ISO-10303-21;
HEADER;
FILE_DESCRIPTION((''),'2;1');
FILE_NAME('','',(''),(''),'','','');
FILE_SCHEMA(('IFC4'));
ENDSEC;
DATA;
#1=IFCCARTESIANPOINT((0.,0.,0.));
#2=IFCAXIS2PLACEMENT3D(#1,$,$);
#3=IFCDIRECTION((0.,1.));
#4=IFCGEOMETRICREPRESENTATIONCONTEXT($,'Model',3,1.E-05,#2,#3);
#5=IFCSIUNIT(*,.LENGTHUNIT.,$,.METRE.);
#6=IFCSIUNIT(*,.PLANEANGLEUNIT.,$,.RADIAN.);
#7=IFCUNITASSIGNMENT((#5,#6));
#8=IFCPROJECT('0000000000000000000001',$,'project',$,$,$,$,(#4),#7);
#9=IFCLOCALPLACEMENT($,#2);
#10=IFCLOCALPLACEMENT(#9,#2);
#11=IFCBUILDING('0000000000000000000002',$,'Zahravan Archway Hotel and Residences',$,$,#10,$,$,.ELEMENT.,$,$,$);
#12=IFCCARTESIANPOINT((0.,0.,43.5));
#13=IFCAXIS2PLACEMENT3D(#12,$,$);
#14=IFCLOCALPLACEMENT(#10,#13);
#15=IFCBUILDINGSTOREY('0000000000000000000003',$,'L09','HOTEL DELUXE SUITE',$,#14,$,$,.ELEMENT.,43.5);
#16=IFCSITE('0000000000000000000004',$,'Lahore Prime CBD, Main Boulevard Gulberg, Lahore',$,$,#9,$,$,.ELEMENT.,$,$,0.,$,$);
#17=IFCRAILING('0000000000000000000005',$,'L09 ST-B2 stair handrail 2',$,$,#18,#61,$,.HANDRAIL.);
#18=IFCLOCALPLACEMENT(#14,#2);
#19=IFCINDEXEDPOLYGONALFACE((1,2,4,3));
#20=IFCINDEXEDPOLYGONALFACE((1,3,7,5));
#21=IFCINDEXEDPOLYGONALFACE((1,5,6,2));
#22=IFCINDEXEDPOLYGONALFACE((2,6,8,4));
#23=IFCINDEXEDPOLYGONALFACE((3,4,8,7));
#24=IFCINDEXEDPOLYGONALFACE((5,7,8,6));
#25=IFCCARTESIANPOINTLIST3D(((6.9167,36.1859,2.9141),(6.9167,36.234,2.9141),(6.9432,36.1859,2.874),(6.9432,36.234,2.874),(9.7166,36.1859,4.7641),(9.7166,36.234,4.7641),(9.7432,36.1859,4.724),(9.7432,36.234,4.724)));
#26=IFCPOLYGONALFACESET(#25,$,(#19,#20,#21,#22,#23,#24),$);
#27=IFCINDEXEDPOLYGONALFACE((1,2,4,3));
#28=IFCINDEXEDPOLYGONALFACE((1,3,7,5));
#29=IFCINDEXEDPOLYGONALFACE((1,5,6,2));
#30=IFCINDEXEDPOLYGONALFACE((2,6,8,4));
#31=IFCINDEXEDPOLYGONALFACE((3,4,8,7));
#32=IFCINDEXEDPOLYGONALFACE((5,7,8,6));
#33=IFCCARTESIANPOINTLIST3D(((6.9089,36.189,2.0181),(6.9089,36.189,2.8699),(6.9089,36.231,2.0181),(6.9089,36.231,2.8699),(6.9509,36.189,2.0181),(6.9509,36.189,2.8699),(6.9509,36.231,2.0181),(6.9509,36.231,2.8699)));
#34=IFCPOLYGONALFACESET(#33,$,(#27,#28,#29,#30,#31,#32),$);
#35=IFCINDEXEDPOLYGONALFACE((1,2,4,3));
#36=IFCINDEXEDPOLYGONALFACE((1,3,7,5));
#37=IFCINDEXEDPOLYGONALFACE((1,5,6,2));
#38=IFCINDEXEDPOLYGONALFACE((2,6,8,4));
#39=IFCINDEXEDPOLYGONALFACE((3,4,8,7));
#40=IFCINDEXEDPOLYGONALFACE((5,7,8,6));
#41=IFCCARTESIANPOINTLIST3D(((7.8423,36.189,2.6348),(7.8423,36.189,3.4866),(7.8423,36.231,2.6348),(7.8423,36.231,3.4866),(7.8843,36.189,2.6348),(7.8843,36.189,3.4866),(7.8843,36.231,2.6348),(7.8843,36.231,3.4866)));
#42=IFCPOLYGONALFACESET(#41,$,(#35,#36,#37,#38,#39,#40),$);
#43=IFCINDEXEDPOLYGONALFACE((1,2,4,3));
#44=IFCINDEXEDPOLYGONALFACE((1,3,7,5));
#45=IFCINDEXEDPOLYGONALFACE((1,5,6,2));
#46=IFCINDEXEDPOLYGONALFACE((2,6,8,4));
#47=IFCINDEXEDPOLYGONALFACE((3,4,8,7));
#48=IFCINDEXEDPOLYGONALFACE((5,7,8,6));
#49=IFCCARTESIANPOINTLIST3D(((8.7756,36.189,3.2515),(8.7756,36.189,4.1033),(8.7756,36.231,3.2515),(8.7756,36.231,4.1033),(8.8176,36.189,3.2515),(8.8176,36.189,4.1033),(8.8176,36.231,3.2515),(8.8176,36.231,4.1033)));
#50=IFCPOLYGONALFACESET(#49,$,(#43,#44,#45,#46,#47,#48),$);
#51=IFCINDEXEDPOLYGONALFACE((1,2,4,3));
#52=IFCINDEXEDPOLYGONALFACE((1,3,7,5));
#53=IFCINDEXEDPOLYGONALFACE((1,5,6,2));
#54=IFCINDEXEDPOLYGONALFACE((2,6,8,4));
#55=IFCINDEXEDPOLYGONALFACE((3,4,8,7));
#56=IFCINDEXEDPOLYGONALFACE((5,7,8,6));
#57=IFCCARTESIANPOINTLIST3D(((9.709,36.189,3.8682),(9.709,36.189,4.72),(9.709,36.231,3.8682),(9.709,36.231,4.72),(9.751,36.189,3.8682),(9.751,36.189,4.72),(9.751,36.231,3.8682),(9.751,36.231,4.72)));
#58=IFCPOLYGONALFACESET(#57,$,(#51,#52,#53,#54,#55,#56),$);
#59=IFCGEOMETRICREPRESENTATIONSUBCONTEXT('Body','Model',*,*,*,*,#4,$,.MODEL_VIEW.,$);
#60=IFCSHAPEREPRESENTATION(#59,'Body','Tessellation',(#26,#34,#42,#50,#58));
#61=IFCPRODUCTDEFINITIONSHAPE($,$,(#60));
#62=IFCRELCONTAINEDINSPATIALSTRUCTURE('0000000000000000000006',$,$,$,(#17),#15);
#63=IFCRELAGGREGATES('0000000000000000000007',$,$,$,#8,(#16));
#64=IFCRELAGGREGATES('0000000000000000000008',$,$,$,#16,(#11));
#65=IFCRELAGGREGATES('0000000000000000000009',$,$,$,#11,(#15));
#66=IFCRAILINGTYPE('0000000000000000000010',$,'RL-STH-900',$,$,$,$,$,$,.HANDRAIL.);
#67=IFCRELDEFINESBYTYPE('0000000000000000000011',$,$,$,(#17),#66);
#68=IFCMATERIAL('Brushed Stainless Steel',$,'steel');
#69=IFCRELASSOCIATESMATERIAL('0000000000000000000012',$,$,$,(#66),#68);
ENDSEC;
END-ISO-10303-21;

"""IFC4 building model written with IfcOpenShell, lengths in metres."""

from ifc_helpers import new_model, si_unit, direction, frame, origin, origin_2d, place, context, subcontext, project, spatial, rectangle, extrude, material, type_object, element, save


model = new_model("IFC4")

# Units and contexts
model_context = context("Model", 3, precision=1e-05, world=origin(), true_north=direction((0.0, 1.0)))
body_context = subcontext(model_context, "Body", "Model", "MODEL_VIEW")
ifc_project = project(units=[si_unit("LENGTHUNIT", "METRE"), si_unit("PLANEANGLEUNIT", "RADIAN")], contexts=[model_context])

# Site, building, storey
site_placement = place(None, origin())
site = spatial("IfcSite", under=ifc_project, at=site_placement, Name="Lahore Prime CBD, Main Boulevard Gulberg, Lahore", CompositionType="ELEMENT", RefElevation=0.0)
building_placement = place(site_placement, origin())
building = spatial("IfcBuilding", under=site, at=building_placement, Name="Zahravan Archway Hotel and Residences", CompositionType="ELEMENT")
storey_placement = place(building_placement, frame((0.0, 0.0, 43.5)))
storey = spatial("IfcBuildingStorey", under=building, at=storey_placement, Name="L09", Description="HOTEL DELUXE SUITE", CompositionType="ELEMENT", Elevation=43.5)

# Shared definitions
ifc_material_1 = material(Name="Brushed Stainless Steel", Category="steel")

# Railing
railing_type_1 = type_object("IfcRailingType", Name="RL-STH-900", PredefinedType="HANDRAIL", material=ifc_material_1)
for number, where, name in (
    (1, (6.9299, 36.21, 2.0181), "L09 ST-B2 stair handrail 2"),
):
    element("IfcRailing", number, at=place(storey_placement, frame(where)), inside=storey, type_object=railing_type_1, Name=name, PredefinedType="HANDRAIL", context=body_context, shape_type="SweptSolid", body=[
        extrude(rectangle(XDim=0.0481, YDim=0.0481, at=origin_2d()), frame((0.0, 0.0, 0.876), z_axis=(0.834326, 0.0, 0.551271), x_axis=(0.0, 1.0, 0.0)), (0.0, 0.0, 1.0), 3.356),
        extrude(rectangle(XDim=0.042, YDim=0.042, at=origin_2d()), origin(), (0.0, 0.0, 1.0), 0.8518),
        extrude(rectangle(XDim=0.042, YDim=0.042, at=origin_2d()), frame((0.9333, 0.0, 0.6167)), (0.0, 0.0, 1.0), 0.8518),
        extrude(rectangle(XDim=0.042, YDim=0.042, at=origin_2d()), frame((1.8667, 0.0, 1.2334)), (0.0, 0.0, 1.0), 0.8518),
        extrude(rectangle(XDim=0.042, YDim=0.042, at=origin_2d()), frame((2.8, 0.0, 1.8501)), (0.0, 0.0, 1.0), 0.8518),
    ])

save(model, "model.ifc")
